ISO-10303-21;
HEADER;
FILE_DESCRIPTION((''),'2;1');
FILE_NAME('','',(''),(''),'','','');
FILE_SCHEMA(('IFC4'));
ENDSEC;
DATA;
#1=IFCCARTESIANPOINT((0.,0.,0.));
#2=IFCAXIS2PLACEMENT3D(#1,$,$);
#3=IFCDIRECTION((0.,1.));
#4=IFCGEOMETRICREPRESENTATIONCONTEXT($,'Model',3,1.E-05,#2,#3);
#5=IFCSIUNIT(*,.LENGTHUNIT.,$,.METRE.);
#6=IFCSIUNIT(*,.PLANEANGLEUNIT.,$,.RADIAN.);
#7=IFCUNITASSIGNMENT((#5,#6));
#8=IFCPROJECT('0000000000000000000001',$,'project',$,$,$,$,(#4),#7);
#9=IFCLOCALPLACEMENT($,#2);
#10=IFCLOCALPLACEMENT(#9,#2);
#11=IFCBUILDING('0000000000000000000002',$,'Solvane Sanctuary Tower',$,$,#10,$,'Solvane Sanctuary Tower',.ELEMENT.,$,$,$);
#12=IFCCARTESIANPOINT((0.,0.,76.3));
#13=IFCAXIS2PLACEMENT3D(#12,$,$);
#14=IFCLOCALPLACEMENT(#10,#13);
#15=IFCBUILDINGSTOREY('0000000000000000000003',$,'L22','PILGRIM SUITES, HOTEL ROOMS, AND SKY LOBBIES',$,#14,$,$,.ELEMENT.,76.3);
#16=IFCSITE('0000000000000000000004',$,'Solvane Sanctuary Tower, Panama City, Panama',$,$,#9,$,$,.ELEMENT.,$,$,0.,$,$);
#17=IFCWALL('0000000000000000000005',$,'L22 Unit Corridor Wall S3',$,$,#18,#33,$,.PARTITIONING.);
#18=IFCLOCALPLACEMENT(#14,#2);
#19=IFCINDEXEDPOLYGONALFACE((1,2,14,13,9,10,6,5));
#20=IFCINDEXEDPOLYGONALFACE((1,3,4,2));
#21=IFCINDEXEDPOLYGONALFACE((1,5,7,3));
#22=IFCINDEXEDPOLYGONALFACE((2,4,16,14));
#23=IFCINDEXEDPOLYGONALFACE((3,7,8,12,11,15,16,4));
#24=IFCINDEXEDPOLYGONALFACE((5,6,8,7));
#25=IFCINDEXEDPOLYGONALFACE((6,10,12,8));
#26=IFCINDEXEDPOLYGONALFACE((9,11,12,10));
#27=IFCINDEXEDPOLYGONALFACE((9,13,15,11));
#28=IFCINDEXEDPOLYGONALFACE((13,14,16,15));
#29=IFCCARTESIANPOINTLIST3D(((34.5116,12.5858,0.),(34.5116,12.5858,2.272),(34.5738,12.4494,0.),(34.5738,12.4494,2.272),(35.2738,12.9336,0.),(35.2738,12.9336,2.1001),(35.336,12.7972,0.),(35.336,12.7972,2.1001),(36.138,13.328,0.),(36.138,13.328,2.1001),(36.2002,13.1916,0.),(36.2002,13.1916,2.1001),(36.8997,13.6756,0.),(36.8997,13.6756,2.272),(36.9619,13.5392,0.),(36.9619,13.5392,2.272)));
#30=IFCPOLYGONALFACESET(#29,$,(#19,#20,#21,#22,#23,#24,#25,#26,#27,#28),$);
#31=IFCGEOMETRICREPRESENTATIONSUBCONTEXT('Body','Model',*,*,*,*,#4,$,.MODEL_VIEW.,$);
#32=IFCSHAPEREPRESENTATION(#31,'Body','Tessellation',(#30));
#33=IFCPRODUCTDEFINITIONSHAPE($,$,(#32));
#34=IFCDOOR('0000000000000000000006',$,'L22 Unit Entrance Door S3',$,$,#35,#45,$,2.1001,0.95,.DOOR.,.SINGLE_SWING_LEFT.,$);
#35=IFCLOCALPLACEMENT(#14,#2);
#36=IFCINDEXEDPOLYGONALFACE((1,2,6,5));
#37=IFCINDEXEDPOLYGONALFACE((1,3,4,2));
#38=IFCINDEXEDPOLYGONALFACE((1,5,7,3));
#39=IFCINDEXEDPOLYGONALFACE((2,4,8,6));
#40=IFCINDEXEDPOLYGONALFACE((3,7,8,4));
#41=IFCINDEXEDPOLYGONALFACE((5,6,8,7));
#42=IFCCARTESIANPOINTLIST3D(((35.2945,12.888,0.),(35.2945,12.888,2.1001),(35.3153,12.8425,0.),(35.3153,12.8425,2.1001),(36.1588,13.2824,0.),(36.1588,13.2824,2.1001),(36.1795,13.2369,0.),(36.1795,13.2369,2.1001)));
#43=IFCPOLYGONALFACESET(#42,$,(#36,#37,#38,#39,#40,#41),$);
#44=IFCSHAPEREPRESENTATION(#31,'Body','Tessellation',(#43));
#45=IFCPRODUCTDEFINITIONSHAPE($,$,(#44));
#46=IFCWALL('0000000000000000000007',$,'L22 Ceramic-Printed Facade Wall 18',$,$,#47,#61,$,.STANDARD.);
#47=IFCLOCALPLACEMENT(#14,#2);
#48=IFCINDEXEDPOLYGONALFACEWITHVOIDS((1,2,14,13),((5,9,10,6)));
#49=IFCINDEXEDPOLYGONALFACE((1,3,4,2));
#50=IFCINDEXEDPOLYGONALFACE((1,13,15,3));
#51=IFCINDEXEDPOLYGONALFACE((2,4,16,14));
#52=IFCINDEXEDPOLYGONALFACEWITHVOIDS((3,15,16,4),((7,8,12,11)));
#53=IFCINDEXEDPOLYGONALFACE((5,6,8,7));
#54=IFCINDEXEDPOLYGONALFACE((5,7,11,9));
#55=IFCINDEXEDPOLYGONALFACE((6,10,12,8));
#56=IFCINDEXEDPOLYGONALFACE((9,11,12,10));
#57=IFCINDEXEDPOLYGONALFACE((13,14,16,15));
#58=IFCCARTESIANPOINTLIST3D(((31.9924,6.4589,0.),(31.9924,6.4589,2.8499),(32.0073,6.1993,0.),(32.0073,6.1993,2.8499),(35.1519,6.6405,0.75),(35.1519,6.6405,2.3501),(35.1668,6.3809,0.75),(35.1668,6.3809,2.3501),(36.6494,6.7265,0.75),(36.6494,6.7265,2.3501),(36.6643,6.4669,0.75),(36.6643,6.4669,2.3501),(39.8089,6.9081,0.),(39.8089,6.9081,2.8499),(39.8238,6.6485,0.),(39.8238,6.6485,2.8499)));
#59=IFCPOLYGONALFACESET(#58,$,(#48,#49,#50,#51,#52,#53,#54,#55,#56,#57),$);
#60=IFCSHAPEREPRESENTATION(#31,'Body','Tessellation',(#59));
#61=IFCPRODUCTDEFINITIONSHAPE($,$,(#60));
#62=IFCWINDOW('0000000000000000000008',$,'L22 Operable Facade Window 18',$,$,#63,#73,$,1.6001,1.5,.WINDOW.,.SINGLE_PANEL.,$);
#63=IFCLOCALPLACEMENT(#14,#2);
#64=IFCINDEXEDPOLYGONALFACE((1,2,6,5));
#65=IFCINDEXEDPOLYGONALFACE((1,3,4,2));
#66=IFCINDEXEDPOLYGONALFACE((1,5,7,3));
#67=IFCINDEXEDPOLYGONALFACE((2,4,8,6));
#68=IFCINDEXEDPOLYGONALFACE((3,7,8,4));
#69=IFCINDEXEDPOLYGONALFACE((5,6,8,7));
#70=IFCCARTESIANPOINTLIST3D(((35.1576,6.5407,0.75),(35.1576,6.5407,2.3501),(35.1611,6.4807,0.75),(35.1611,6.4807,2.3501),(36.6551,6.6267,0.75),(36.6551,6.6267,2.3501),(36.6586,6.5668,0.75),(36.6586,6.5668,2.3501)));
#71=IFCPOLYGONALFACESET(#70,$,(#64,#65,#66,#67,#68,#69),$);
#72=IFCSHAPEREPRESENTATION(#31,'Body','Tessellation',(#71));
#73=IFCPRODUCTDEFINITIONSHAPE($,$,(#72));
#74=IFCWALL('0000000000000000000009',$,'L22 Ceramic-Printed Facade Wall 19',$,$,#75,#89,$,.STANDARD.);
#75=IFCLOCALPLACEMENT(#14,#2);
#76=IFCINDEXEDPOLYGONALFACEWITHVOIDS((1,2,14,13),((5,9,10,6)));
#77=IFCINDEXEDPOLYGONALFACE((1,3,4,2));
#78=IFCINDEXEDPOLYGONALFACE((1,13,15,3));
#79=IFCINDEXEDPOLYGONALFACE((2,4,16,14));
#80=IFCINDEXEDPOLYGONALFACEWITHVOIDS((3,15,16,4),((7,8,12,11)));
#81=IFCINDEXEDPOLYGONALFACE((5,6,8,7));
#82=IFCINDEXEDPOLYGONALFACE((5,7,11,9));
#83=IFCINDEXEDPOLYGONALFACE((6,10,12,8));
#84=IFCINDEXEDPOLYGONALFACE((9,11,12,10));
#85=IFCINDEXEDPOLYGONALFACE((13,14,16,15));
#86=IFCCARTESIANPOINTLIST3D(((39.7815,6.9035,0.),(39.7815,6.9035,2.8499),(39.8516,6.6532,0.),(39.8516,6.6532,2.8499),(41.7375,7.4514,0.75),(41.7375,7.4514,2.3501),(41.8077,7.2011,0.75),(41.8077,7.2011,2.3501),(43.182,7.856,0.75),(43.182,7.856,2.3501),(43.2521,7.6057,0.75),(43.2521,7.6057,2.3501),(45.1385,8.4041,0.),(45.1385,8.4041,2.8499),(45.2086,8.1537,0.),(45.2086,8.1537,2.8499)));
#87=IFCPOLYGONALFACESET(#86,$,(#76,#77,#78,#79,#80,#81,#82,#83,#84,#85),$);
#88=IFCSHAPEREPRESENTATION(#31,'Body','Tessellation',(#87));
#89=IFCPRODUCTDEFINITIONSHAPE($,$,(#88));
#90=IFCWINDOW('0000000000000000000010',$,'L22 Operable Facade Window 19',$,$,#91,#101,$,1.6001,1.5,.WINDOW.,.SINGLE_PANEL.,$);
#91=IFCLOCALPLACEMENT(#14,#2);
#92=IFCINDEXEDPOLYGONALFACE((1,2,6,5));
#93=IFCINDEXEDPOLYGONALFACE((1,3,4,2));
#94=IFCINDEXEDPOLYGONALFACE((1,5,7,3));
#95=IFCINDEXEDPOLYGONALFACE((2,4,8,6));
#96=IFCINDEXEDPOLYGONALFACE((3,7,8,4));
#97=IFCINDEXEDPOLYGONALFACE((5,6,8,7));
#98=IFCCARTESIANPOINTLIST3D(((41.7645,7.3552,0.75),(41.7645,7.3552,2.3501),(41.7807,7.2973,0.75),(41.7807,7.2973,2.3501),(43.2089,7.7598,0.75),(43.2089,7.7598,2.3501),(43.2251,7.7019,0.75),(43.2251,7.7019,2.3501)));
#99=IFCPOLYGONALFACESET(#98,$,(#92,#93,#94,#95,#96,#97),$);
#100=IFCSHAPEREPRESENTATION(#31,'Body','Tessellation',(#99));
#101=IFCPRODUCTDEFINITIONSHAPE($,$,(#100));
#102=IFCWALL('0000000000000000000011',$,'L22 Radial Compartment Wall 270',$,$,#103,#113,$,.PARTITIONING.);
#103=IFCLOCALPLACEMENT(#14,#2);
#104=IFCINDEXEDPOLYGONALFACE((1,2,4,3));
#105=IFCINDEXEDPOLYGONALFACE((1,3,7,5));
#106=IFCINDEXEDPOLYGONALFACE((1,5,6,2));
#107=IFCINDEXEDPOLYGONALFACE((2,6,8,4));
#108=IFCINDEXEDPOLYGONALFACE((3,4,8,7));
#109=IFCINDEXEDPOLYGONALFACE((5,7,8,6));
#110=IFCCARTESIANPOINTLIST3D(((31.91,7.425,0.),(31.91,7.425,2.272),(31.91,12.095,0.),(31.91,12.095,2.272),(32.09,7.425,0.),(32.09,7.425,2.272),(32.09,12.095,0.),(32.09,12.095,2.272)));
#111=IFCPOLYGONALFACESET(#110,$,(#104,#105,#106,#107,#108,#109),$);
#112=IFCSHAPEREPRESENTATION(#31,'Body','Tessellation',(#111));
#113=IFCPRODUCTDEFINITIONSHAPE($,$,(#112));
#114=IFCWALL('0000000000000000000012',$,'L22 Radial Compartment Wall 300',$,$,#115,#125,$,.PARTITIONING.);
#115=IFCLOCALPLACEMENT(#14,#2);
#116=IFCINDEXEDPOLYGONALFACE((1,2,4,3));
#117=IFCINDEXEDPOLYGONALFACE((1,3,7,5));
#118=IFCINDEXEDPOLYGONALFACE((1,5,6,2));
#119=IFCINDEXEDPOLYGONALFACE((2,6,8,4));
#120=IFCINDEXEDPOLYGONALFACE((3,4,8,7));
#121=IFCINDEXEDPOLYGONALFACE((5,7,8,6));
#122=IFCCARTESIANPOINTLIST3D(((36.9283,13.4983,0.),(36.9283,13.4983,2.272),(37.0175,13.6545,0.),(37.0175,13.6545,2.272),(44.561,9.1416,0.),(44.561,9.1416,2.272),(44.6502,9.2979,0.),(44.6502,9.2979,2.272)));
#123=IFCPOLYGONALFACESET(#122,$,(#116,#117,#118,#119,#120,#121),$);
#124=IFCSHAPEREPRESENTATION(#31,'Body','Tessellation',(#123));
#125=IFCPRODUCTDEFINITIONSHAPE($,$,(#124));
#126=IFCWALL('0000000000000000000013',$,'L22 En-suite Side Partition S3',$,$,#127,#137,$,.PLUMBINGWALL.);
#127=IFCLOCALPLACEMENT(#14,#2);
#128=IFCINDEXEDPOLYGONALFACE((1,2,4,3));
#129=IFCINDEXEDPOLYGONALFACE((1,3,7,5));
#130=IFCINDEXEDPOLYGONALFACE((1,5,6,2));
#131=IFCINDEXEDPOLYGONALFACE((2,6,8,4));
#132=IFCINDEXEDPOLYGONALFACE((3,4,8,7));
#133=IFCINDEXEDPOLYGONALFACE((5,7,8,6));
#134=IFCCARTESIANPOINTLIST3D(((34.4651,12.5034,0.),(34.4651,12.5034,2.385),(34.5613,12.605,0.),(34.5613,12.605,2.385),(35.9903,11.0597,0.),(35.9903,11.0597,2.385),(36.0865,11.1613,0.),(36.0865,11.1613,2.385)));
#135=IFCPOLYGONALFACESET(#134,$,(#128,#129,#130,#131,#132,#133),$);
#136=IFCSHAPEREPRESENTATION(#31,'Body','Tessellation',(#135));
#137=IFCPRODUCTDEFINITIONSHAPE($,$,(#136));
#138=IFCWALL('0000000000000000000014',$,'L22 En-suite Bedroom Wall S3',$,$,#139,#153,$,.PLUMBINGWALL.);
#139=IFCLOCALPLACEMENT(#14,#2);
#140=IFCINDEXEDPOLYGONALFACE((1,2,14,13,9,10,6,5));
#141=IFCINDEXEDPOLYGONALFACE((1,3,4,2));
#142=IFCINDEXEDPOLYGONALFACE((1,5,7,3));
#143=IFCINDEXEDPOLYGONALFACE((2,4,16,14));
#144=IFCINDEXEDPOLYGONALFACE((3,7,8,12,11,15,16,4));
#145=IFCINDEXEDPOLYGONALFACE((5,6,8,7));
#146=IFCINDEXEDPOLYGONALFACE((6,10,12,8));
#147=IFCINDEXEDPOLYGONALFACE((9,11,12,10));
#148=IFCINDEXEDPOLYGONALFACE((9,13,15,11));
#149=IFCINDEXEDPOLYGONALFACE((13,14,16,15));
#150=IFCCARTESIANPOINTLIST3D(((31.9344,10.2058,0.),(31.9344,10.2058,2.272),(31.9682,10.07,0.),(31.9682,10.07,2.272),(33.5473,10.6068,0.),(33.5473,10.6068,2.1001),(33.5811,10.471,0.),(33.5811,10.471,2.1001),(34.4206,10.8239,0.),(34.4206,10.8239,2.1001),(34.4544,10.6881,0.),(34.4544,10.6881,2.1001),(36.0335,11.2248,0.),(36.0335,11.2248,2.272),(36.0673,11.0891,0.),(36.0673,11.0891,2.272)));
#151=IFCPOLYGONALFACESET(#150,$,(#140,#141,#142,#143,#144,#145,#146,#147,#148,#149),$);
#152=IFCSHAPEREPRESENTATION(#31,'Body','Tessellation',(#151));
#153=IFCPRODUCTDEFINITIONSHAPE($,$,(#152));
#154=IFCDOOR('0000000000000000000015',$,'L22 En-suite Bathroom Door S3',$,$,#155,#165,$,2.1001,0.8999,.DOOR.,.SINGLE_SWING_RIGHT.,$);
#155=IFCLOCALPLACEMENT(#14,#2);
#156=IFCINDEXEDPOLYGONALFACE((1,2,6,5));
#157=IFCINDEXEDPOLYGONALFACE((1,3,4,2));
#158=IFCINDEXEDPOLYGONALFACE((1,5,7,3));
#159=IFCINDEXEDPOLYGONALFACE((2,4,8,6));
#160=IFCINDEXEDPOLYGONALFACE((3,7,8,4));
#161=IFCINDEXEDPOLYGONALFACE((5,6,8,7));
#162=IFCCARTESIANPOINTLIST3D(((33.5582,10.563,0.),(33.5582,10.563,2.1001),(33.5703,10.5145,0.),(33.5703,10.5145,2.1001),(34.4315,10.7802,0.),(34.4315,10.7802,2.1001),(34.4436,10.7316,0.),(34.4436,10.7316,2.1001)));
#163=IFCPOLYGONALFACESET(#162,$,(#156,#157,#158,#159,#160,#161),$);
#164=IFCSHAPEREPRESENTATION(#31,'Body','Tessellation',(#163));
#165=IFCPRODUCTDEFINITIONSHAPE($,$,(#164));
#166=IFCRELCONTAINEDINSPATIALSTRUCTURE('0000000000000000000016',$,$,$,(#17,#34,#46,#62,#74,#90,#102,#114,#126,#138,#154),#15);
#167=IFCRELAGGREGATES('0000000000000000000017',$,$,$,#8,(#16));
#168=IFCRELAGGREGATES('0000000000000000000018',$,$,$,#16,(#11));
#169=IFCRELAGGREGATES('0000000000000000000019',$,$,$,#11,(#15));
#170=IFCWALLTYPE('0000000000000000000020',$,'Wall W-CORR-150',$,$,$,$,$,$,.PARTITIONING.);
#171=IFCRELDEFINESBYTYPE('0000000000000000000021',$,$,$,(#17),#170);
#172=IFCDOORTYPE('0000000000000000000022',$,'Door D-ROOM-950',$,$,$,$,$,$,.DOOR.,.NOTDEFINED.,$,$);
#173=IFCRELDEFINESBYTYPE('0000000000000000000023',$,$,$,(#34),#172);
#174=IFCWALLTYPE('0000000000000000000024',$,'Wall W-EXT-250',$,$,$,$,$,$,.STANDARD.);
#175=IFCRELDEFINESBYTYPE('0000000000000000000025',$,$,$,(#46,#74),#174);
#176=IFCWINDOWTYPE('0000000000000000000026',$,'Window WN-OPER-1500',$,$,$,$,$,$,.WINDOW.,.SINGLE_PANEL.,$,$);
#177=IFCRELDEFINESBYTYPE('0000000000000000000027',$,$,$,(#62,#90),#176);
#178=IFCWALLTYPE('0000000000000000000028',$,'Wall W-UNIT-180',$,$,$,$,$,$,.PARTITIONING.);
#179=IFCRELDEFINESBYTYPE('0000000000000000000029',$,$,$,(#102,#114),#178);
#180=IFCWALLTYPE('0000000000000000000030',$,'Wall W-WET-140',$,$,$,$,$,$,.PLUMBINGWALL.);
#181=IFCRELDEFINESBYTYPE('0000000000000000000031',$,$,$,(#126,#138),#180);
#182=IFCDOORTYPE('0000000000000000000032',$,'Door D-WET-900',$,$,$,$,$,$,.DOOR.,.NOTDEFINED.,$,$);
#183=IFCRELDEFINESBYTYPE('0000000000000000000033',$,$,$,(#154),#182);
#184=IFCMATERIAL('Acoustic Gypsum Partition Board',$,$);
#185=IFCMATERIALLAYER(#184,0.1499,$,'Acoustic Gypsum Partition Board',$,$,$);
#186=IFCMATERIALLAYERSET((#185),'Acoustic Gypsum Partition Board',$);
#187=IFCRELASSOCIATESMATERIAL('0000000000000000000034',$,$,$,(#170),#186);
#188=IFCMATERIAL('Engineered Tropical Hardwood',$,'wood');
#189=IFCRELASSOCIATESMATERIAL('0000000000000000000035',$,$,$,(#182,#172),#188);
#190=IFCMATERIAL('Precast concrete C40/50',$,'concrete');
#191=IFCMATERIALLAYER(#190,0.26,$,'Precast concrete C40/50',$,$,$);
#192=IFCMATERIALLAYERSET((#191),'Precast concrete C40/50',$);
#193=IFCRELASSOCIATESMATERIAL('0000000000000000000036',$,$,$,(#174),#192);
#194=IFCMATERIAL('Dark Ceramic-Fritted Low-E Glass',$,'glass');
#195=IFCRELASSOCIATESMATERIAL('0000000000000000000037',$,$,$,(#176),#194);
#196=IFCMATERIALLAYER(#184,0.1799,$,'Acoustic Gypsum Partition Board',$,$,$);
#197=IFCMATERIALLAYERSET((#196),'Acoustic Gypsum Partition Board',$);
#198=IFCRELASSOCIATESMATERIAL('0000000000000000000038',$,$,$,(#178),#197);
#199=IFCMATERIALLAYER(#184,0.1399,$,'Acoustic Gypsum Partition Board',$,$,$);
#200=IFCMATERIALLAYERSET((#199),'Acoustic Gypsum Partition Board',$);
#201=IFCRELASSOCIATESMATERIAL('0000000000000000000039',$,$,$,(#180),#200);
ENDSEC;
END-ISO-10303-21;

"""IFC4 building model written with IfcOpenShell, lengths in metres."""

from ifc_helpers import new_model, si_unit, direction, frame, frame_2d, origin, place, context, subcontext, project, spatial, rectangle, extrude, material, layer, layer_set, type_object, element, fill, save


model = new_model("IFC4")

# Units and contexts
model_context = context("Model", 3, precision=1e-05, world=origin(), true_north=direction((0.0, 1.0)))
body_context = subcontext(model_context, "Body", "Model", "MODEL_VIEW")
ifc_project = project(units=[si_unit("LENGTHUNIT", "METRE"), si_unit("PLANEANGLEUNIT", "RADIAN")], contexts=[model_context])

# Site, building, storey
site_placement = place(None, origin())
site = spatial("IfcSite", under=ifc_project, at=site_placement, Name="Solvane Sanctuary Tower, Panama City, Panama", CompositionType="ELEMENT", RefElevation=0.0)
building_placement = place(site_placement, origin())
building = spatial("IfcBuilding", under=site, at=building_placement, Name="Solvane Sanctuary Tower", LongName="Solvane Sanctuary Tower", CompositionType="ELEMENT")
storey_placement = place(building_placement, frame((0.0, 0.0, 76.3)))
storey = spatial("IfcBuildingStorey", under=building, at=storey_placement, Name="L22", Description="PILGRIM SUITES, HOTEL ROOMS, AND SKY LOBBIES", CompositionType="ELEMENT", Elevation=76.3)

# Shared definitions
ifc_material_1 = material(Name="Acoustic Gypsum Partition Board")
ifc_layer_1 = layer(ifc_material_1, 0.1499, Name="Acoustic Gypsum Partition Board")
ifc_layer_set_1 = layer_set([ifc_layer_1], Name="Acoustic Gypsum Partition Board")
wall_type_1 = type_object("IfcWallType", Name="Wall W-CORR-150", PredefinedType="PARTITIONING", material=ifc_layer_set_1)

# Shared definitions
ifc_material_2 = material(Name="Engineered Tropical Hardwood", Category="wood")
door_type_1 = type_object("IfcDoorType", Name="Door D-WET-900", OperationType="NOTDEFINED", PredefinedType="DOOR", material=ifc_material_2)

# Wall, opening, door
wall_1_placement = place(storey_placement, frame((34.5427, 12.5176, 0.0), z_axis=(0.0, 0.0, 1.0), x_axis=(0.909748, 0.415162, 0.0)))
wall_1 = element("IfcWall", 1, at=wall_1_placement, inside=storey, type_object=wall_type_1, Name="L22 Unit Corridor Wall S3", PredefinedType="PARTITIONING", context=body_context, shape_type="SweptSolid", body=[
    extrude(rectangle(XDim=2.625, YDim=0.1499, at=frame_2d((1.3125, 0.0))), origin(), (0.0, 0.0, 1.0), 2.272),
])
opening_1_placement = place(wall_1_placement, frame((0.8376, 0.0, 0.0)))
opening_1 = element("IfcOpeningElement", 2, at=opening_1_placement, cuts=wall_1, PredefinedType="OPENING", context=body_context, shape_type="SweptSolid", body=[
    extrude(rectangle(XDim=0.95, YDim=2.1001, at=frame_2d((0.4751, 1.05))), frame((0.0, 0.085, 0.0), z_axis=(0.0, -1.0, 0.0), x_axis=(1.0, 0.0, 0.0)), (0.0, 0.0, 1.0), 0.1699),
])
door_type_2 = type_object("IfcDoorType", Name="Door D-ROOM-950", OperationType="NOTDEFINED", PredefinedType="DOOR", material=ifc_material_2)
door_1_placement = place(opening_1_placement, origin())
door_1 = element("IfcDoor", 3, at=door_1_placement, inside=storey, type_object=door_type_2, Name="L22 Unit Entrance Door S3", OperationType="SINGLE_SWING_LEFT", OverallHeight=2.1001, OverallWidth=0.95, PredefinedType="DOOR", context=body_context, shape_type="SweptSolid", body=[
    extrude(rectangle(XDim=0.95, YDim=2.1001, at=frame_2d((0.4751, 1.05))), frame((0.0, 0.0249, 0.0), z_axis=(0.0, -1.0, 0.0), x_axis=(1.0, 0.0, 0.0)), (0.0, 0.0, 1.0), 0.05),
])
fill(opening_1, door_1)

# Walls, openings, windows
ifc_material_3 = material(Name="Precast concrete C40/50", Category="concrete")
ifc_layer_2 = layer(ifc_material_3, 0.26, Name="Precast concrete C40/50")
ifc_layer_set_2 = layer_set([ifc_layer_2], Name="Precast concrete C40/50")
wall_type_2 = type_object("IfcWallType", Name="Wall W-EXT-250", PredefinedType="STANDARD", material=ifc_layer_set_2)
wall_2_placement = place(storey_placement, frame((32.0, 6.3291, 0.0), z_axis=(0.0, 0.0, 1.0), x_axis=(0.998353, 0.057377, 0.0)))
wall_2 = element("IfcWall", 4, at=wall_2_placement, inside=storey, type_object=wall_type_2, Name="L22 Ceramic-Printed Facade Wall 18", PredefinedType="STANDARD", context=body_context, shape_type="SweptSolid", body=[
    extrude(rectangle(XDim=7.8293, YDim=0.26, at=frame_2d((3.9146, 0.0))), origin(), (0.0, 0.0, 1.0), 2.8499),
])
opening_2_placement = place(wall_2_placement, frame((3.1646, 0.0, 0.75)))
opening_2 = element("IfcOpeningElement", 5, at=opening_2_placement, cuts=wall_2, PredefinedType="OPENING", context=body_context, shape_type="SweptSolid", body=[
    extrude(rectangle(XDim=1.5, YDim=1.6001, at=frame_2d((0.75, 0.8))), frame((0.0, 0.1399, 0.0), z_axis=(0.0, -1.0, 0.0), x_axis=(1.0, 0.0, 0.0)), (0.0, 0.0, 1.0), 0.28),
])
ifc_material_4 = material(Name="Dark Ceramic-Fritted Low-E Glass", Category="glass")
window_type = type_object("IfcWindowType", Name="Window WN-OPER-1500", PartitioningType="SINGLE_PANEL", PredefinedType="WINDOW", material=ifc_material_4)
window_1_placement = place(opening_2_placement, origin())
window_1 = element("IfcWindow", 6, at=window_1_placement, inside=storey, type_object=window_type, Name="L22 Operable Facade Window 18", OverallHeight=1.6001, OverallWidth=1.5, PartitioningType="SINGLE_PANEL", PredefinedType="WINDOW", context=body_context, shape_type="SweptSolid", body=[
    extrude(rectangle(XDim=1.5, YDim=1.6001, at=frame_2d((0.75, 0.8))), frame((0.0, 0.03, 0.0), z_axis=(0.0, -1.0, 0.0), x_axis=(1.0, 0.0, 0.0)), (0.0, 0.0, 1.0), 0.0601),
])
fill(opening_2, window_1)
wall_3_placement = place(storey_placement, frame((39.8164, 6.7783, 0.0), z_axis=(0.0, 0.0, 1.0), x_axis=(0.962938, 0.269721, 0.0)))
wall_3 = element("IfcWall", 7, at=wall_3_placement, inside=storey, type_object=wall_type_2, Name="L22 Ceramic-Printed Facade Wall 19", PredefinedType="STANDARD", context=body_context, shape_type="SweptSolid", body=[
    extrude(rectangle(XDim=5.5632, YDim=0.26, at=frame_2d((2.7817, 0.0))), origin(), (0.0, 0.0, 1.0), 2.8499),
])
opening_3_placement = place(wall_3_placement, frame((2.0315, 0.0, 0.75)))
opening_3 = element("IfcOpeningElement", 8, at=opening_3_placement, cuts=wall_3, PredefinedType="OPENING", context=body_context, shape_type="SweptSolid", body=[
    extrude(rectangle(XDim=1.5, YDim=1.6001, at=frame_2d((0.75, 0.8))), frame((0.0, 0.1399, 0.0), z_axis=(0.0, -1.0, 0.0), x_axis=(1.0, 0.0, 0.0)), (0.0, 0.0, 1.0), 0.28),
])
window_2_placement = place(opening_3_placement, origin())
window_2 = element("IfcWindow", 9, at=window_2_placement, inside=storey, type_object=window_type, Name="L22 Operable Facade Window 19", OverallHeight=1.6001, OverallWidth=1.5, PartitioningType="SINGLE_PANEL", PredefinedType="WINDOW", context=body_context, shape_type="SweptSolid", body=[
    extrude(rectangle(XDim=1.5, YDim=1.6001, at=frame_2d((0.75, 0.8))), frame((0.0, 0.03, 0.0), z_axis=(0.0, -1.0, 0.0), x_axis=(1.0, 0.0, 0.0)), (0.0, 0.0, 1.0), 0.0601),
])
fill(opening_3, window_2)

# Walls
ifc_layer_3 = layer(ifc_material_1, 0.1799, Name="Acoustic Gypsum Partition Board")
ifc_layer_set_3 = layer_set([ifc_layer_3], Name="Acoustic Gypsum Partition Board")
wall_type_3 = type_object("IfcWallType", Name="Wall W-UNIT-180", PredefinedType="PARTITIONING", material=ifc_layer_set_3)
wall_4_placement = place(storey_placement, frame((32.0, 12.095, 0.0), z_axis=(0.0, 0.0, 1.0), x_axis=(0.0, -1.0, 0.0)))
element("IfcWall", 10, at=wall_4_placement, inside=storey, type_object=wall_type_3, Name="L22 Radial Compartment Wall 270", PredefinedType="PARTITIONING", context=body_context, shape_type="SweptSolid", body=[
    extrude(rectangle(XDim=4.6699, YDim=0.1799, at=frame_2d((2.335, 0.0))), origin(), (0.0, 0.0, 1.0), 2.272),
])
wall_5_placement = place(storey_placement, frame((36.9729, 13.5764, 0.0), z_axis=(0.0, 0.0, 1.0), x_axis=(0.868484, -0.495717, 0.0)))
element("IfcWall", 11, at=wall_5_placement, inside=storey, type_object=wall_type_3, Name="L22 Radial Compartment Wall 300", PredefinedType="PARTITIONING", context=body_context, shape_type="SweptSolid", body=[
    extrude(rectangle(XDim=8.7886, YDim=0.1799, at=frame_2d((4.3943, 0.0))), origin(), (0.0, 0.0, 1.0), 2.272),
])
ifc_layer_4 = layer(ifc_material_1, 0.1399, Name="Acoustic Gypsum Partition Board")
ifc_layer_set_4 = layer_set([ifc_layer_4], Name="Acoustic Gypsum Partition Board")
wall_type_4 = type_object("IfcWallType", Name="Wall W-WET-140", PredefinedType="PLUMBINGWALL", material=ifc_layer_set_4)
wall_6_placement = place(storey_placement, frame((34.5132, 12.5542, 0.0), z_axis=(0.0, 0.0, 1.0), x_axis=(0.726255, -0.687425, 0.0)))
element("IfcWall", 12, at=wall_6_placement, inside=storey, type_object=wall_type_4, Name="L22 En-suite Side Partition S3", PredefinedType="PLUMBINGWALL", context=body_context, shape_type="SweptSolid", body=[
    extrude(rectangle(XDim=2.1001, YDim=0.1399, at=frame_2d((1.05, 0.0))), origin(), (0.0, 0.0, 1.0), 2.385),
])

# Wall, opening, door
wall_7_placement = place(storey_placement, frame((31.9514, 10.1379, 0.0), z_axis=(0.0, 0.0, 1.0), x_axis=(0.970461, 0.241257, 0.0)))
wall_7 = element("IfcWall", 13, at=wall_7_placement, inside=storey, type_object=wall_type_4, Name="L22 En-suite Bedroom Wall S3", PredefinedType="PLUMBINGWALL", context=body_context, shape_type="SweptSolid", body=[
    extrude(rectangle(XDim=4.2239, YDim=0.1399, at=frame_2d((2.1118, 0.0))), origin(), (0.0, 0.0, 1.0), 2.272),
])
opening_4_placement = place(wall_7_placement, frame((1.6619, 0.0, 0.0)))
opening_4 = element("IfcOpeningElement", 14, at=opening_4_placement, cuts=wall_7, PredefinedType="OPENING", context=body_context, shape_type="SweptSolid", body=[
    extrude(rectangle(XDim=0.8999, YDim=2.1001, at=frame_2d((0.45, 1.05))), frame((0.0, 0.0798, 0.0), z_axis=(0.0, -1.0, 0.0), x_axis=(1.0, 0.0, 0.0)), (0.0, 0.0, 1.0), 0.1599),
])
door_2_placement = place(opening_4_placement, origin())
door_2 = element("IfcDoor", 15, at=door_2_placement, inside=storey, type_object=door_type_1, Name="L22 En-suite Bathroom Door S3", OperationType="SINGLE_SWING_RIGHT", OverallHeight=2.1001, OverallWidth=0.8999, PredefinedType="DOOR", context=body_context, shape_type="SweptSolid", body=[
    extrude(rectangle(XDim=0.8999, YDim=2.1001, at=frame_2d((0.45, 1.05))), frame((0.0, 0.0249, 0.0), z_axis=(0.0, -1.0, 0.0), x_axis=(1.0, 0.0, 0.0)), (0.0, 0.0, 1.0), 0.05),
])
fill(opening_4, door_2)

save(model, "model.ifc")
